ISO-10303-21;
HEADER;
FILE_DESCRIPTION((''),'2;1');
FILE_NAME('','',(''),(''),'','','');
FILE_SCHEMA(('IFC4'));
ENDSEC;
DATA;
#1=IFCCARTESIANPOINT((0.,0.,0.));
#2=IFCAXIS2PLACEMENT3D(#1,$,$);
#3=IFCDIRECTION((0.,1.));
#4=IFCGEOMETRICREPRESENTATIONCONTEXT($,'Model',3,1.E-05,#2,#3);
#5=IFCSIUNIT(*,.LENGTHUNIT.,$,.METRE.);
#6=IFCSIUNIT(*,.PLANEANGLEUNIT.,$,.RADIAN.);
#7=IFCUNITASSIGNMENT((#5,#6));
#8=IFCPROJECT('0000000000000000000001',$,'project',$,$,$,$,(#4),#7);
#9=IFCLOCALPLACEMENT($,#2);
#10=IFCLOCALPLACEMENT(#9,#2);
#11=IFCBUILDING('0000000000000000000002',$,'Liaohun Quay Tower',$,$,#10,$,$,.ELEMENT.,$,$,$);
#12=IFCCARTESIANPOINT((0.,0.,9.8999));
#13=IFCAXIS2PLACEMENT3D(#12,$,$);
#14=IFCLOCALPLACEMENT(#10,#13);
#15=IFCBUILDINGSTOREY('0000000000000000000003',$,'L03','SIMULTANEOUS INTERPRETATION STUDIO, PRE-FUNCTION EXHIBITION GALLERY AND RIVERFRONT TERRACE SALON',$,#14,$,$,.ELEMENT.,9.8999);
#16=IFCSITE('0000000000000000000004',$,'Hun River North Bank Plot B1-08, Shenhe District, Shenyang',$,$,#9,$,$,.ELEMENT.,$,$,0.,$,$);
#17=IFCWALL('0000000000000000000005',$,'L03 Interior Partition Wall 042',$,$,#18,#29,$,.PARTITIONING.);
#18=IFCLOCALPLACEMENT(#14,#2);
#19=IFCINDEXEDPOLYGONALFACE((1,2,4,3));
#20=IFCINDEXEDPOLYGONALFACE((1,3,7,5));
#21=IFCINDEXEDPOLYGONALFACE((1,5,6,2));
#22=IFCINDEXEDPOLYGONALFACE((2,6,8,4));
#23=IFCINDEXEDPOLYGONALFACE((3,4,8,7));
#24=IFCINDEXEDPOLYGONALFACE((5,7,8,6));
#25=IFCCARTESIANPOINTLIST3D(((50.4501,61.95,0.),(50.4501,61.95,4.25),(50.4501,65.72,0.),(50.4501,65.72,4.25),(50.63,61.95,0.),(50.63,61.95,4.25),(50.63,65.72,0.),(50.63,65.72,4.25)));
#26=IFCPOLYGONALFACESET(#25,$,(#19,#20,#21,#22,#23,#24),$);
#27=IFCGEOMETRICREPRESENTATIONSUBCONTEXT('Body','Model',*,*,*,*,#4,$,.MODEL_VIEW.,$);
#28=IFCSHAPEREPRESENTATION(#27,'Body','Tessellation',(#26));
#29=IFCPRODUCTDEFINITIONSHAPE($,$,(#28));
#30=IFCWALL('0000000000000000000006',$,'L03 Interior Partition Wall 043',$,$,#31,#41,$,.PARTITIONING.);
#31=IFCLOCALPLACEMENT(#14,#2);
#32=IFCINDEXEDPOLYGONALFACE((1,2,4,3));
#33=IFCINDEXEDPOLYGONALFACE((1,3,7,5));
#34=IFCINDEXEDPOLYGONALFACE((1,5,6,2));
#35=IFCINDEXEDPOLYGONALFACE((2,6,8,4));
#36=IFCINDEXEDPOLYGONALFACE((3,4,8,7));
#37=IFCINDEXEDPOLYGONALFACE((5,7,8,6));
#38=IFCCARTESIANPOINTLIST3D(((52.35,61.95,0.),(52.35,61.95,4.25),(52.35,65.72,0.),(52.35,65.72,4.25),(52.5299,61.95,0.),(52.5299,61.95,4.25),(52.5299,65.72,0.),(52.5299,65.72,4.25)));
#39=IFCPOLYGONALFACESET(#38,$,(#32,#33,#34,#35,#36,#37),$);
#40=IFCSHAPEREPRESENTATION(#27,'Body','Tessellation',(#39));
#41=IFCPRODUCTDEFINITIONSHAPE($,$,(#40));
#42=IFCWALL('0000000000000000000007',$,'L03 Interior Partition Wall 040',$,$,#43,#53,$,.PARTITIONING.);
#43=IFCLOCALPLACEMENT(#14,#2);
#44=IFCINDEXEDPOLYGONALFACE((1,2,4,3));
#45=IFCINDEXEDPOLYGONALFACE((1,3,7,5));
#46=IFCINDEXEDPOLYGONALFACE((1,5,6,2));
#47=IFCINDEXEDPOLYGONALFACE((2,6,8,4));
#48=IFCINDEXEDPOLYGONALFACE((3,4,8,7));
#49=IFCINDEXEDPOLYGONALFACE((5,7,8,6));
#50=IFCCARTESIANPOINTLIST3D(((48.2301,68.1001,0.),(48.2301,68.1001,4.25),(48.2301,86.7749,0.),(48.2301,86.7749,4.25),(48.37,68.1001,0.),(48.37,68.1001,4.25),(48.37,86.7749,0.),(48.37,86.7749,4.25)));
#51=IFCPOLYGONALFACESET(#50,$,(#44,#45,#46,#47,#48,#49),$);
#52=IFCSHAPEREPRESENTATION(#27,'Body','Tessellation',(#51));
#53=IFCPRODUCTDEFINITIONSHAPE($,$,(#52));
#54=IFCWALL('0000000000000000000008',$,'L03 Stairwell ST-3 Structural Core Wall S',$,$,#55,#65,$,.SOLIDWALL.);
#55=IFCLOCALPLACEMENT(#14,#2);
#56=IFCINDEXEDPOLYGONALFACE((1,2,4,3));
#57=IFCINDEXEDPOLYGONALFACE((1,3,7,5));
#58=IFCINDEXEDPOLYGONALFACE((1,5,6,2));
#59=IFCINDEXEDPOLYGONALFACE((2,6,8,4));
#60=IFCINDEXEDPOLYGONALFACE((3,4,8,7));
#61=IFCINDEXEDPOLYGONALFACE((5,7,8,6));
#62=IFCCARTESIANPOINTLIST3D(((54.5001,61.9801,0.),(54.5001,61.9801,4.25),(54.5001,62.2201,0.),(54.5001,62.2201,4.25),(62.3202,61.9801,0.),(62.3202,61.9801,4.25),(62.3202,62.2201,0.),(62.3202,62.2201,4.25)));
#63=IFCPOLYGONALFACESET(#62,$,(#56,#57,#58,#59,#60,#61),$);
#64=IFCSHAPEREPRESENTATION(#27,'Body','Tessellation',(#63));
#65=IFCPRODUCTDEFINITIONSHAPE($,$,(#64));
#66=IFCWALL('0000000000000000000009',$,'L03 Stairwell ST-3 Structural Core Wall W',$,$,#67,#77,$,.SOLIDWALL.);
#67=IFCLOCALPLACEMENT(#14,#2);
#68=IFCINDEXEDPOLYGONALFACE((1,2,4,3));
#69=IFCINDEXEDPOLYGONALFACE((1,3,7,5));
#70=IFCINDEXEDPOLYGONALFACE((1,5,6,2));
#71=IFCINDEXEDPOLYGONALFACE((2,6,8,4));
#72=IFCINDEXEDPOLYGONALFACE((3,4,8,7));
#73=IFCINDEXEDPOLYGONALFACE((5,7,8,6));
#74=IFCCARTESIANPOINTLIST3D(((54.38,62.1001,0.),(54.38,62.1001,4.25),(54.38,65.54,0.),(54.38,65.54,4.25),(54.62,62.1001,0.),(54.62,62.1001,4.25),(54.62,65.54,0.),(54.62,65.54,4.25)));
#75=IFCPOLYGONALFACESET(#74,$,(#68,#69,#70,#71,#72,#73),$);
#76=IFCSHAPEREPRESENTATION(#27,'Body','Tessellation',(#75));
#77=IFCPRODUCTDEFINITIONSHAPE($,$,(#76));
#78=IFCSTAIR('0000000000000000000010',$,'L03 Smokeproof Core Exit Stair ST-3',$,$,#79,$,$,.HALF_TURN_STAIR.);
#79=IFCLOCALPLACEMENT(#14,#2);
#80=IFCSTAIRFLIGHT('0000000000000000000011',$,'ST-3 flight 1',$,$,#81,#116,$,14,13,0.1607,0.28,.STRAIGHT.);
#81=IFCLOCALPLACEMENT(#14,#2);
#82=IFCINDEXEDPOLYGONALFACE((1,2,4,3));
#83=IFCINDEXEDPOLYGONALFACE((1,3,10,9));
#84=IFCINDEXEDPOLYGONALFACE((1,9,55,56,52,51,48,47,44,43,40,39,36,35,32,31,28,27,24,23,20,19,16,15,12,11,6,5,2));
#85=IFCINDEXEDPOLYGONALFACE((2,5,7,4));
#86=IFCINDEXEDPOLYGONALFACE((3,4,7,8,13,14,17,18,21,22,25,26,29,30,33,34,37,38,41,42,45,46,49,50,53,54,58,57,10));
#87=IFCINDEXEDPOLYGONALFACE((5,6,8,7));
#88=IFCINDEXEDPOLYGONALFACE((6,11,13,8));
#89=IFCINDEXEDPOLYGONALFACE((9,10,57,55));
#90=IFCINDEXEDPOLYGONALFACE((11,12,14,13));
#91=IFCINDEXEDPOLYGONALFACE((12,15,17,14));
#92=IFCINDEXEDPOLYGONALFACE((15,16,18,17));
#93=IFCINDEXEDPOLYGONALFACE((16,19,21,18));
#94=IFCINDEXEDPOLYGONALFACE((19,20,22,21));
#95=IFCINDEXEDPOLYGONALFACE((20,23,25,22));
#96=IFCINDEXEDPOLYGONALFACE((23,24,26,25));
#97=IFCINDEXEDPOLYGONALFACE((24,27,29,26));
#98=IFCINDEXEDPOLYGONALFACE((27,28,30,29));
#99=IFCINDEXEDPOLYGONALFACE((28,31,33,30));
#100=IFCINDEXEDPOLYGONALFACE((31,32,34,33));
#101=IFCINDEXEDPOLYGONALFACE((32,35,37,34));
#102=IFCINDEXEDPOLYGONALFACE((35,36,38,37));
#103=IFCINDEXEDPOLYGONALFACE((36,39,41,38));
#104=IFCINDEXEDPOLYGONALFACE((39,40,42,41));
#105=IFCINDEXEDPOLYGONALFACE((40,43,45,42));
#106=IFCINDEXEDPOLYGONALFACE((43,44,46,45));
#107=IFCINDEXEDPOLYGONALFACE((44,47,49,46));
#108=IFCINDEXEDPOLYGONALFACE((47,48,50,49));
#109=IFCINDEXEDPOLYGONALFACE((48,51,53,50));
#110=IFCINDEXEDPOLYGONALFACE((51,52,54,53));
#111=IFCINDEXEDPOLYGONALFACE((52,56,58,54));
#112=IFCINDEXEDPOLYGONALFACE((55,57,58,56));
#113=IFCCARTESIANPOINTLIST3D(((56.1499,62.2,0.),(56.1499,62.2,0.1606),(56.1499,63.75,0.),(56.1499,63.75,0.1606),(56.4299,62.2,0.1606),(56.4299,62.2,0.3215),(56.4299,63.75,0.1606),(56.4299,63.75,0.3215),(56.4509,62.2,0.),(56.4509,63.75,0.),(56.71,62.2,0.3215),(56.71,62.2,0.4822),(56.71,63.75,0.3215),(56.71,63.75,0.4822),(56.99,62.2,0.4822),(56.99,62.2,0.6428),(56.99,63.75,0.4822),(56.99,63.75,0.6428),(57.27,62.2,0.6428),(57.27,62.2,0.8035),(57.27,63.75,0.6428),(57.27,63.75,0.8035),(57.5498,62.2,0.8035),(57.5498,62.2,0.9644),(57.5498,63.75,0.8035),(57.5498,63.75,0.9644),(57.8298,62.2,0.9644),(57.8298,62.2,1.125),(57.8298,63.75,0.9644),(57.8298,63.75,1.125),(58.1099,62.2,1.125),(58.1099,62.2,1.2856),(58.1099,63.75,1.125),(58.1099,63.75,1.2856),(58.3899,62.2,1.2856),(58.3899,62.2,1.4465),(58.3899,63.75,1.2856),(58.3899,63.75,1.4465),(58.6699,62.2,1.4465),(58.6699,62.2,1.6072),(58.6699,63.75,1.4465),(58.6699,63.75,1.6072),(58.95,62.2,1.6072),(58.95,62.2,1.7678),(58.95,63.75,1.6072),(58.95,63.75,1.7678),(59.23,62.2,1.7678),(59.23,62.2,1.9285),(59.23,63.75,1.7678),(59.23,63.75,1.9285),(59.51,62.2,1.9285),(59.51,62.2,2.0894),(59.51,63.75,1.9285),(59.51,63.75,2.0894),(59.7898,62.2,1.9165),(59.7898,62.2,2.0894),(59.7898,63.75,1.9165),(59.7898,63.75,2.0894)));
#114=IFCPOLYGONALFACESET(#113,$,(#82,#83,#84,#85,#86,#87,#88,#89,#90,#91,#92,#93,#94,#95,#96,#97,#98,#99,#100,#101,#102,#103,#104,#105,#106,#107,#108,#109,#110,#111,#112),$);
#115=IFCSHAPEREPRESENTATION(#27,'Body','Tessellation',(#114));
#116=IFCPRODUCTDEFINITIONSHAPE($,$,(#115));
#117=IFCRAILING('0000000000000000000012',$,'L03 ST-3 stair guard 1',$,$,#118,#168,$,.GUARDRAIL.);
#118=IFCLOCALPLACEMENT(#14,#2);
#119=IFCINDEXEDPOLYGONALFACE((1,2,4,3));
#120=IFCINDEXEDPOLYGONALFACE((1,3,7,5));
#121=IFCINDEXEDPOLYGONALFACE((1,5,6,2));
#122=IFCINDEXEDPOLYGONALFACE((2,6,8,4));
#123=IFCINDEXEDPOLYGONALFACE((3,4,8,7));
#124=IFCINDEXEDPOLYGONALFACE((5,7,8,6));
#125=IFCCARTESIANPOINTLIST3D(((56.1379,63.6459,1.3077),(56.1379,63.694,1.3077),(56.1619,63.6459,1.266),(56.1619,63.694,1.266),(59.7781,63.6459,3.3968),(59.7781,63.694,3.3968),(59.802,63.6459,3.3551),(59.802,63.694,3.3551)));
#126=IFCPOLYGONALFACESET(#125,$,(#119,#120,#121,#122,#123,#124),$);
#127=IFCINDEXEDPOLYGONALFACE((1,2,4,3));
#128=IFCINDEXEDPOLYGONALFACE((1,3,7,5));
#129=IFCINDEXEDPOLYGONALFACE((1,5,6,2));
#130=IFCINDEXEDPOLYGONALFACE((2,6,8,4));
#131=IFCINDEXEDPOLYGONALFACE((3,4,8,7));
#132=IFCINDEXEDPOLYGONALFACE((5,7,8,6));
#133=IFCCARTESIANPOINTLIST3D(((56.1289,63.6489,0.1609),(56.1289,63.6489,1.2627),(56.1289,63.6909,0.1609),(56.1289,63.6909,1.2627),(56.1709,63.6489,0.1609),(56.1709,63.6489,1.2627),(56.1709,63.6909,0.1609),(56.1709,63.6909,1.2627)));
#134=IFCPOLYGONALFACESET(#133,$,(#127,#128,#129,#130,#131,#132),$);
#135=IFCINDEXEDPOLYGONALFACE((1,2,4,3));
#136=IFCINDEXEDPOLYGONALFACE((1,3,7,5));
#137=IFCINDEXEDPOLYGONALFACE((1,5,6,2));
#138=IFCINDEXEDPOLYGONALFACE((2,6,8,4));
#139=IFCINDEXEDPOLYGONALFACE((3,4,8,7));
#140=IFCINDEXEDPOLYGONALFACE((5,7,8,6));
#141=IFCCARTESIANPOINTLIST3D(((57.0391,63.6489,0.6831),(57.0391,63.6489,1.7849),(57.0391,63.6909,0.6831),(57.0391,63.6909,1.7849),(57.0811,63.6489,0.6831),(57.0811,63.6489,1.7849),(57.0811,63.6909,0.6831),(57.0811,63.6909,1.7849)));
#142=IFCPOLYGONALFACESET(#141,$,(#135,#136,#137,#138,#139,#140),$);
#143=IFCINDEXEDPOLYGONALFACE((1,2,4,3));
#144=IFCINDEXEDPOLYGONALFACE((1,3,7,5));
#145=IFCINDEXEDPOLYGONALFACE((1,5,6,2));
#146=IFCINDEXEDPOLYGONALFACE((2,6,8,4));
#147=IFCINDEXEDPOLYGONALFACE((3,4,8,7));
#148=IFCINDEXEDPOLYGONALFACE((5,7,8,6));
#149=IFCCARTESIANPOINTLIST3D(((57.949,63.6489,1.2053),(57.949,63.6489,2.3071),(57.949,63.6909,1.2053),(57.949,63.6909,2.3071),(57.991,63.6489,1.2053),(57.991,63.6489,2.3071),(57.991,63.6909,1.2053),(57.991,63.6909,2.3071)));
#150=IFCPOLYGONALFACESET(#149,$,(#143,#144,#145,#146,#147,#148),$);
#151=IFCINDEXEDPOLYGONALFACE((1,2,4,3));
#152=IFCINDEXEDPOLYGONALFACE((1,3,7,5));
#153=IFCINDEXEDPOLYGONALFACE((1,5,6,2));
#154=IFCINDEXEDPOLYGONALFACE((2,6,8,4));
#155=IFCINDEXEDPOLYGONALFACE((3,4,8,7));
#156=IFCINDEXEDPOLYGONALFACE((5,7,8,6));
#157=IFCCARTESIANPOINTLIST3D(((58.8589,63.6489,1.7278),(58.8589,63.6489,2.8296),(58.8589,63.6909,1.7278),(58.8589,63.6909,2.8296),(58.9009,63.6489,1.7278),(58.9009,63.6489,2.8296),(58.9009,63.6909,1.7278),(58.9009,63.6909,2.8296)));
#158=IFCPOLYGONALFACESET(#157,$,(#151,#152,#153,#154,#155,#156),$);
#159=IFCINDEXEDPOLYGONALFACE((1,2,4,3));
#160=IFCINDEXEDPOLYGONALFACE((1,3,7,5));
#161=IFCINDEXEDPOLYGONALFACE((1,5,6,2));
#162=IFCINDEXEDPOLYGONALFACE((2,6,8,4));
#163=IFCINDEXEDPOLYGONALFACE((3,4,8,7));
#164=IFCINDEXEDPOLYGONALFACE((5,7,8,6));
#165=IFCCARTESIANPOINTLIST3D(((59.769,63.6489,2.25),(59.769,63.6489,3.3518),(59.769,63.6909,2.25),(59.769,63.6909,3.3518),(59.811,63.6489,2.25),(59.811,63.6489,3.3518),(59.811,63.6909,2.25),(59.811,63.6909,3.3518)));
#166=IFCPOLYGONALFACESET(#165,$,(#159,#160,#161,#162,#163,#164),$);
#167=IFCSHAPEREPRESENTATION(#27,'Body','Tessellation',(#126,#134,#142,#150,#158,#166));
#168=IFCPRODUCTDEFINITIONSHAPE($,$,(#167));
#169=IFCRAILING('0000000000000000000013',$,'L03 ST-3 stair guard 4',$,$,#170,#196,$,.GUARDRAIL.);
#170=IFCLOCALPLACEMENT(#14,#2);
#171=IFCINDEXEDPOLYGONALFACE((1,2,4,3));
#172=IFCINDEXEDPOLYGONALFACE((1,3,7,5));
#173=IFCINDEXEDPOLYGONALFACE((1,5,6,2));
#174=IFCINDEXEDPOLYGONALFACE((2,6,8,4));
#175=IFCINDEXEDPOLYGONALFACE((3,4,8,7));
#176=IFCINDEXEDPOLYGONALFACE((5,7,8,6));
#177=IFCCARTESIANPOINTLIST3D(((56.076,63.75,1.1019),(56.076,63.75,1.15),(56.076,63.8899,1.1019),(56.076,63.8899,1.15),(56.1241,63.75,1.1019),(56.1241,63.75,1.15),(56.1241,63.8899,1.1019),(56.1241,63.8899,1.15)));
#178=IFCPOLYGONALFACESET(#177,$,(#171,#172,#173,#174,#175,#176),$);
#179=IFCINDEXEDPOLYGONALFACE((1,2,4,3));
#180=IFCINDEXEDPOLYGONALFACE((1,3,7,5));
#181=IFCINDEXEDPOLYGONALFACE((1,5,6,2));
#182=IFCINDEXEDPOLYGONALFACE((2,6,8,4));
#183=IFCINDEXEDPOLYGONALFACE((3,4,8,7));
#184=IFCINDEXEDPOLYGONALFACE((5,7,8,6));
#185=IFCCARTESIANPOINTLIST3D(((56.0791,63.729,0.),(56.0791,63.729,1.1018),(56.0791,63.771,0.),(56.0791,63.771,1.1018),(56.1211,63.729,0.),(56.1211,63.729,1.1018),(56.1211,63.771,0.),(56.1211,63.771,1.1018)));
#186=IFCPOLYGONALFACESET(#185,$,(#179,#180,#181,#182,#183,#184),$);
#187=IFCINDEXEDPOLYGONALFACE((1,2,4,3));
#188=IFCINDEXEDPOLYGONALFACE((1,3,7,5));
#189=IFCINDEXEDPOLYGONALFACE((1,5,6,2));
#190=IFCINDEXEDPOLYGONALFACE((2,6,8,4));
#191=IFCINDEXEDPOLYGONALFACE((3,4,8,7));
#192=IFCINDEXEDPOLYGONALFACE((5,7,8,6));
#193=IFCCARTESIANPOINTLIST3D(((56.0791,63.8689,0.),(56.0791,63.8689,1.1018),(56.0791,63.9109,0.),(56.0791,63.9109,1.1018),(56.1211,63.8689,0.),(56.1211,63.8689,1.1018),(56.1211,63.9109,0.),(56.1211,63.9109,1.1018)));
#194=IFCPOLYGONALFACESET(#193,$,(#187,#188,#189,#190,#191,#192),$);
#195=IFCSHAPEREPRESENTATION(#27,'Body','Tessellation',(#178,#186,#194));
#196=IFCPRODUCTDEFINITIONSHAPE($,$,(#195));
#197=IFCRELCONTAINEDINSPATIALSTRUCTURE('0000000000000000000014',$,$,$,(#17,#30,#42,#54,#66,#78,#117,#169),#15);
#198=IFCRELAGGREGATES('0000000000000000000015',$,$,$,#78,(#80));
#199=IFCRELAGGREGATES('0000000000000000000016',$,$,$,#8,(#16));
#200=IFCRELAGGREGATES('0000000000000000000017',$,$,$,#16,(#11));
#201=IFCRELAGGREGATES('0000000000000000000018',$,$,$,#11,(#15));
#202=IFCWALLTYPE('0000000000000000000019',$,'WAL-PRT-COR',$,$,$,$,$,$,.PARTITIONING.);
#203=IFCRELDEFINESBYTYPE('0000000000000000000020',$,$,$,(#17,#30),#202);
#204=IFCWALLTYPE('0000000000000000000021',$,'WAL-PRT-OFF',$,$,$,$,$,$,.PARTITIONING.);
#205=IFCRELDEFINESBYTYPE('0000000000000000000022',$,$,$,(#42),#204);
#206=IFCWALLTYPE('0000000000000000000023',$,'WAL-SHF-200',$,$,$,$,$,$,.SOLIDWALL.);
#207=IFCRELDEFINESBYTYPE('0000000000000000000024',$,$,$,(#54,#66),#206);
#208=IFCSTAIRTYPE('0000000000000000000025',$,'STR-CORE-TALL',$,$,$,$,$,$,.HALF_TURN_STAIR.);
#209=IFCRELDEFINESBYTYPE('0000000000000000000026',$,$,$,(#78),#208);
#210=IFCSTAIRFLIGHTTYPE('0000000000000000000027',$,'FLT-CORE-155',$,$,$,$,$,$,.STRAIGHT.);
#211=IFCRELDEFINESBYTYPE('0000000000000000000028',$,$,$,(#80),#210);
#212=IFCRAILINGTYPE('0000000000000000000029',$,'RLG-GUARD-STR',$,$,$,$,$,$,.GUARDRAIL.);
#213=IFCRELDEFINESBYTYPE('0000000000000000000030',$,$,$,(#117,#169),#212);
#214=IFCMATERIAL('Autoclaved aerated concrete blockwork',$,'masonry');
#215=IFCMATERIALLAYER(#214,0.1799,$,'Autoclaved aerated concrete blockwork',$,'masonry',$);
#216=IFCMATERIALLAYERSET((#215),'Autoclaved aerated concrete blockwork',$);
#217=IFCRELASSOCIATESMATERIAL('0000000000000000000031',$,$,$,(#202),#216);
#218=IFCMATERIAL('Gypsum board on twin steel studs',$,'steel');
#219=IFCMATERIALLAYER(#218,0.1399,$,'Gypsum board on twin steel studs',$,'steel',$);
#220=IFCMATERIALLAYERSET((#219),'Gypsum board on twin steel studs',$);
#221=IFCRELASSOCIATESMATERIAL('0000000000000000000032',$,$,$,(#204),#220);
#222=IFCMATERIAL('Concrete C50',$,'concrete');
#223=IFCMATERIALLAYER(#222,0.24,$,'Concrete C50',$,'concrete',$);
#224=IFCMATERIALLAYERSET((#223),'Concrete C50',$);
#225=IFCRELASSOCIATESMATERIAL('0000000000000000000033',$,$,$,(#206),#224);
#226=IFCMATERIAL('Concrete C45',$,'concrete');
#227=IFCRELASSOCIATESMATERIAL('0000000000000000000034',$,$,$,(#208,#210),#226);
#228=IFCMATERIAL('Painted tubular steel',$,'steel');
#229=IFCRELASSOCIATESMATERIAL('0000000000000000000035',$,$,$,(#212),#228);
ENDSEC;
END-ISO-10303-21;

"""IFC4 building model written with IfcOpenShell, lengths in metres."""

from ifc_helpers import new_model, si_unit, direction, frame, frame_2d, origin, origin_2d, place, context, subcontext, project, spatial, polyline, rectangle, outline, extrude, material, layer, layer_set, type_object, element, aggregate, save


model = new_model("IFC4")

# Units and contexts
model_context = context("Model", 3, precision=1e-05, world=origin(), true_north=direction((0.0, 1.0)))
body_context = subcontext(model_context, "Body", "Model", "MODEL_VIEW")
ifc_project = project(units=[si_unit("LENGTHUNIT", "METRE"), si_unit("PLANEANGLEUNIT", "RADIAN")], contexts=[model_context])

# Site, building, storey
site_placement = place(None, origin())
site = spatial("IfcSite", under=ifc_project, at=site_placement, Name="Hun River North Bank Plot B1-08, Shenhe District, Shenyang", CompositionType="ELEMENT", RefElevation=0.0)
building_placement = place(site_placement, origin())
building = spatial("IfcBuilding", under=site, at=building_placement, Name="Liaohun Quay Tower", CompositionType="ELEMENT")
storey_placement = place(building_placement, frame((0.0, 0.0, 9.8999)))
storey = spatial("IfcBuildingStorey", under=building, at=storey_placement, Name="L03", Description="SIMULTANEOUS INTERPRETATION STUDIO, PRE-FUNCTION EXHIBITION GALLERY AND RIVERFRONT TERRACE SALON", CompositionType="ELEMENT", Elevation=9.8999)

# Shared definitions
ifc_material_1 = material(Name="Autoclaved aerated concrete blockwork", Category="masonry")
ifc_layer_1 = layer(ifc_material_1, 0.1799, Name="Autoclaved aerated concrete blockwork", Category="masonry")
ifc_layer_set_1 = layer_set([ifc_layer_1], Name="Autoclaved aerated concrete blockwork")
wall_type_1 = type_object("IfcWallType", Name="WAL-PRT-COR", PredefinedType="PARTITIONING", material=ifc_layer_set_1)

# Walls
for number, where, z_axis, x_axis, name in (
    (1, (50.54, 61.95, 0.0), (0.0, 0.0, 1.0), (0.0, 1.0, 0.0), "L03 Interior Partition Wall 042"),
    (2, (52.4399, 61.95, 0.0), (0.0, 0.0, 1.0), (0.0, 1.0, 0.0), "L03 Interior Partition Wall 043"),
):
    element("IfcWall", number, at=place(storey_placement, frame(where, z_axis=z_axis, x_axis=x_axis)), inside=storey, type_object=wall_type_1, Name=name, PredefinedType="PARTITIONING", context=body_context, shape_type="SweptSolid", body=[
        extrude(rectangle(XDim=3.77, YDim=0.1799, at=frame_2d((1.885, 0.0))), origin(), (0.0, 0.0, 1.0), 4.25),
    ])
ifc_material_2 = material(Name="Gypsum board on twin steel studs", Category="steel")
ifc_layer_2 = layer(ifc_material_2, 0.1399, Name="Gypsum board on twin steel studs", Category="steel")
ifc_layer_set_2 = layer_set([ifc_layer_2], Name="Gypsum board on twin steel studs")
wall_type_2 = type_object("IfcWallType", Name="WAL-PRT-OFF", PredefinedType="PARTITIONING", material=ifc_layer_set_2)
wall_1_placement = place(storey_placement, frame((48.3, 68.1001, 0.0), z_axis=(0.0, 0.0, 1.0), x_axis=(0.0, 1.0, 0.0)))
element("IfcWall", 3, at=wall_1_placement, inside=storey, type_object=wall_type_2, Name="L03 Interior Partition Wall 040", PredefinedType="PARTITIONING", context=body_context, shape_type="SweptSolid", body=[
    extrude(rectangle(XDim=18.6748, YDim=0.1399, at=frame_2d((9.3374, 0.0))), origin(), (0.0, 0.0, 1.0), 4.25),
])
ifc_material_3 = material(Name="Concrete C50", Category="concrete")
ifc_layer_3 = layer(ifc_material_3, 0.24, Name="Concrete C50", Category="concrete")
ifc_layer_set_3 = layer_set([ifc_layer_3], Name="Concrete C50")
wall_type_3 = type_object("IfcWallType", Name="WAL-SHF-200", PredefinedType="SOLIDWALL", material=ifc_layer_set_3)
wall_2_placement = place(storey_placement, frame((54.5, 62.1001, 0.0), z_axis=(0.0, 0.0, 1.0), x_axis=(1.0, 0.0, 0.0)))
element("IfcWall", 4, at=wall_2_placement, inside=storey, type_object=wall_type_3, Name="L03 Stairwell ST-3 Structural Core Wall S", PredefinedType="SOLIDWALL", context=body_context, shape_type="SweptSolid", body=[
    extrude(rectangle(XDim=7.8201, YDim=0.24, at=frame_2d((3.9102, 0.0))), origin(), (0.0, 0.0, 1.0), 4.25),
])
wall_3_placement = place(storey_placement, frame((54.5, 65.54, 0.0), z_axis=(0.0, 0.0, 1.0), x_axis=(0.0, -1.0, 0.0)))
element("IfcWall", 5, at=wall_3_placement, inside=storey, type_object=wall_type_3, Name="L03 Stairwell ST-3 Structural Core Wall W", PredefinedType="SOLIDWALL", context=body_context, shape_type="SweptSolid", body=[
    extrude(rectangle(XDim=3.4399, YDim=0.24, at=frame_2d((1.72, 0.0))), origin(), (0.0, 0.0, 1.0), 4.25),
])

# Stair, stair flight
ifc_material_4 = material(Name="Concrete C45", Category="concrete")
stair_type = type_object("IfcStairType", Name="STR-CORE-TALL", PredefinedType="HALF_TURN_STAIR", material=ifc_material_4)
stair_placement = place(storey_placement, origin())
stair = element("IfcStair", 6, at=stair_placement, inside=storey, type_object=stair_type, Name="L03 Smokeproof Core Exit Stair ST-3", PredefinedType="HALF_TURN_STAIR")
stair_flight_type = type_object("IfcStairFlightType", Name="FLT-CORE-155", PredefinedType="STRAIGHT", material=ifc_material_4)
stair_flight_placement = place(storey_placement, frame((56.1499, 62.9751, 0.0), z_axis=(0.0, 0.0, 1.0), x_axis=(1.0, 0.0, 0.0)))
stair_flight = element("IfcStairFlight", 7, at=stair_flight_placement, type_object=stair_flight_type, Name="ST-3 flight 1", NumberOfRisers=14, NumberOfTreads=13, PredefinedType="STRAIGHT", RiserHeight=0.1607, TreadLength=0.28, context=body_context, shape_type="SweptSolid", body=[
    extrude(outline(polyline([(0.0, 0.0), (0.0, 0.1606), (0.28, 0.1606), (0.28, 0.3215), (0.5601, 0.3215), (0.5601, 0.4822), (0.8401, 0.4822), (0.8401, 0.6428), (1.1201, 0.6428), (1.1201, 0.8035), (1.3999, 0.8035), (1.3999, 0.9644), (1.6799, 0.9644), (1.6799, 1.125), (1.96, 1.125), (1.96, 1.2856), (2.24, 1.2856), (2.24, 1.4465), (2.52, 1.4465), (2.52, 1.6072), (2.8, 1.6072), (2.8, 1.7678), (3.0801, 1.7678), (3.0801, 1.9285), (3.3601, 1.9285), (3.3601, 2.0894), (3.6399, 2.0894), (3.6399, 2.25), (3.6399, 1.9165), (0.301, 0.0), (0.0, 0.0)])), frame((0.0, 0.7749, 0.0), z_axis=(0.0, -1.0, 0.0), x_axis=(1.0, 0.0, 0.0)), (0.0, 0.0, 1.0), 1.55),
])
aggregate(stair, [stair_flight])

# Railings
ifc_material_5 = material(Name="Painted tubular steel", Category="steel")
railing_type_1 = type_object("IfcRailingType", Name="RLG-GUARD-STR", PredefinedType="GUARDRAIL", material=ifc_material_5)
railing_1_placement = place(storey_placement, frame((56.1499, 63.6699, 0.1609)))
element("IfcRailing", 8, at=railing_1_placement, inside=storey, type_object=railing_type_1, Name="L03 ST-3 stair guard 1", PredefinedType="GUARDRAIL", context=body_context, shape_type="SweptSolid", body=[
    extrude(rectangle(XDim=0.0481, YDim=0.0481, at=origin_2d()), frame((0.0, 0.0, 1.126), z_axis=(0.867314, 0.0, 0.497761), x_axis=(0.0, 1.0, 0.0)), (0.0, 0.0, 1.0), 4.197),
    extrude(rectangle(XDim=0.042, YDim=0.042, at=origin_2d()), origin(), (0.0, 0.0, 1.0), 1.1018),
    extrude(rectangle(XDim=0.042, YDim=0.042, at=origin_2d()), frame((0.9102, 0.0, 0.5222)), (0.0, 0.0, 1.0), 1.1018),
    extrude(rectangle(XDim=0.042, YDim=0.042, at=origin_2d()), frame((1.8201, 0.0, 1.0444)), (0.0, 0.0, 1.0), 1.1018),
    extrude(rectangle(XDim=0.042, YDim=0.042, at=origin_2d()), frame((2.73, 0.0, 1.5669)), (0.0, 0.0, 1.0), 1.1018),
    extrude(rectangle(XDim=0.042, YDim=0.042, at=origin_2d()), frame((3.6401, 0.0, 2.0891)), (0.0, 0.0, 1.0), 1.1018),
])
railing_2_placement = place(storey_placement, frame((56.1001, 63.75, 0.0)))
element("IfcRailing", 9, at=railing_2_placement, inside=storey, type_object=railing_type_1, Name="L03 ST-3 stair guard 4", PredefinedType="GUARDRAIL", context=body_context, shape_type="SweptSolid", body=[
    extrude(rectangle(XDim=0.0481, YDim=0.0481, at=origin_2d()), frame((0.0, 0.0, 1.126), z_axis=(0.0, 1.0, 0.0), x_axis=(-1.0, 0.0, 0.0)), (0.0, 0.0, 1.0), 0.1399),
    extrude(rectangle(XDim=0.042, YDim=0.042, at=origin_2d()), origin(), (0.0, 0.0, 1.0), 1.1018),
    extrude(rectangle(XDim=0.042, YDim=0.042, at=origin_2d()), frame((0.0, 0.1399, 0.0)), (0.0, 0.0, 1.0), 1.1018),
])

save(model, "model.ifc")
